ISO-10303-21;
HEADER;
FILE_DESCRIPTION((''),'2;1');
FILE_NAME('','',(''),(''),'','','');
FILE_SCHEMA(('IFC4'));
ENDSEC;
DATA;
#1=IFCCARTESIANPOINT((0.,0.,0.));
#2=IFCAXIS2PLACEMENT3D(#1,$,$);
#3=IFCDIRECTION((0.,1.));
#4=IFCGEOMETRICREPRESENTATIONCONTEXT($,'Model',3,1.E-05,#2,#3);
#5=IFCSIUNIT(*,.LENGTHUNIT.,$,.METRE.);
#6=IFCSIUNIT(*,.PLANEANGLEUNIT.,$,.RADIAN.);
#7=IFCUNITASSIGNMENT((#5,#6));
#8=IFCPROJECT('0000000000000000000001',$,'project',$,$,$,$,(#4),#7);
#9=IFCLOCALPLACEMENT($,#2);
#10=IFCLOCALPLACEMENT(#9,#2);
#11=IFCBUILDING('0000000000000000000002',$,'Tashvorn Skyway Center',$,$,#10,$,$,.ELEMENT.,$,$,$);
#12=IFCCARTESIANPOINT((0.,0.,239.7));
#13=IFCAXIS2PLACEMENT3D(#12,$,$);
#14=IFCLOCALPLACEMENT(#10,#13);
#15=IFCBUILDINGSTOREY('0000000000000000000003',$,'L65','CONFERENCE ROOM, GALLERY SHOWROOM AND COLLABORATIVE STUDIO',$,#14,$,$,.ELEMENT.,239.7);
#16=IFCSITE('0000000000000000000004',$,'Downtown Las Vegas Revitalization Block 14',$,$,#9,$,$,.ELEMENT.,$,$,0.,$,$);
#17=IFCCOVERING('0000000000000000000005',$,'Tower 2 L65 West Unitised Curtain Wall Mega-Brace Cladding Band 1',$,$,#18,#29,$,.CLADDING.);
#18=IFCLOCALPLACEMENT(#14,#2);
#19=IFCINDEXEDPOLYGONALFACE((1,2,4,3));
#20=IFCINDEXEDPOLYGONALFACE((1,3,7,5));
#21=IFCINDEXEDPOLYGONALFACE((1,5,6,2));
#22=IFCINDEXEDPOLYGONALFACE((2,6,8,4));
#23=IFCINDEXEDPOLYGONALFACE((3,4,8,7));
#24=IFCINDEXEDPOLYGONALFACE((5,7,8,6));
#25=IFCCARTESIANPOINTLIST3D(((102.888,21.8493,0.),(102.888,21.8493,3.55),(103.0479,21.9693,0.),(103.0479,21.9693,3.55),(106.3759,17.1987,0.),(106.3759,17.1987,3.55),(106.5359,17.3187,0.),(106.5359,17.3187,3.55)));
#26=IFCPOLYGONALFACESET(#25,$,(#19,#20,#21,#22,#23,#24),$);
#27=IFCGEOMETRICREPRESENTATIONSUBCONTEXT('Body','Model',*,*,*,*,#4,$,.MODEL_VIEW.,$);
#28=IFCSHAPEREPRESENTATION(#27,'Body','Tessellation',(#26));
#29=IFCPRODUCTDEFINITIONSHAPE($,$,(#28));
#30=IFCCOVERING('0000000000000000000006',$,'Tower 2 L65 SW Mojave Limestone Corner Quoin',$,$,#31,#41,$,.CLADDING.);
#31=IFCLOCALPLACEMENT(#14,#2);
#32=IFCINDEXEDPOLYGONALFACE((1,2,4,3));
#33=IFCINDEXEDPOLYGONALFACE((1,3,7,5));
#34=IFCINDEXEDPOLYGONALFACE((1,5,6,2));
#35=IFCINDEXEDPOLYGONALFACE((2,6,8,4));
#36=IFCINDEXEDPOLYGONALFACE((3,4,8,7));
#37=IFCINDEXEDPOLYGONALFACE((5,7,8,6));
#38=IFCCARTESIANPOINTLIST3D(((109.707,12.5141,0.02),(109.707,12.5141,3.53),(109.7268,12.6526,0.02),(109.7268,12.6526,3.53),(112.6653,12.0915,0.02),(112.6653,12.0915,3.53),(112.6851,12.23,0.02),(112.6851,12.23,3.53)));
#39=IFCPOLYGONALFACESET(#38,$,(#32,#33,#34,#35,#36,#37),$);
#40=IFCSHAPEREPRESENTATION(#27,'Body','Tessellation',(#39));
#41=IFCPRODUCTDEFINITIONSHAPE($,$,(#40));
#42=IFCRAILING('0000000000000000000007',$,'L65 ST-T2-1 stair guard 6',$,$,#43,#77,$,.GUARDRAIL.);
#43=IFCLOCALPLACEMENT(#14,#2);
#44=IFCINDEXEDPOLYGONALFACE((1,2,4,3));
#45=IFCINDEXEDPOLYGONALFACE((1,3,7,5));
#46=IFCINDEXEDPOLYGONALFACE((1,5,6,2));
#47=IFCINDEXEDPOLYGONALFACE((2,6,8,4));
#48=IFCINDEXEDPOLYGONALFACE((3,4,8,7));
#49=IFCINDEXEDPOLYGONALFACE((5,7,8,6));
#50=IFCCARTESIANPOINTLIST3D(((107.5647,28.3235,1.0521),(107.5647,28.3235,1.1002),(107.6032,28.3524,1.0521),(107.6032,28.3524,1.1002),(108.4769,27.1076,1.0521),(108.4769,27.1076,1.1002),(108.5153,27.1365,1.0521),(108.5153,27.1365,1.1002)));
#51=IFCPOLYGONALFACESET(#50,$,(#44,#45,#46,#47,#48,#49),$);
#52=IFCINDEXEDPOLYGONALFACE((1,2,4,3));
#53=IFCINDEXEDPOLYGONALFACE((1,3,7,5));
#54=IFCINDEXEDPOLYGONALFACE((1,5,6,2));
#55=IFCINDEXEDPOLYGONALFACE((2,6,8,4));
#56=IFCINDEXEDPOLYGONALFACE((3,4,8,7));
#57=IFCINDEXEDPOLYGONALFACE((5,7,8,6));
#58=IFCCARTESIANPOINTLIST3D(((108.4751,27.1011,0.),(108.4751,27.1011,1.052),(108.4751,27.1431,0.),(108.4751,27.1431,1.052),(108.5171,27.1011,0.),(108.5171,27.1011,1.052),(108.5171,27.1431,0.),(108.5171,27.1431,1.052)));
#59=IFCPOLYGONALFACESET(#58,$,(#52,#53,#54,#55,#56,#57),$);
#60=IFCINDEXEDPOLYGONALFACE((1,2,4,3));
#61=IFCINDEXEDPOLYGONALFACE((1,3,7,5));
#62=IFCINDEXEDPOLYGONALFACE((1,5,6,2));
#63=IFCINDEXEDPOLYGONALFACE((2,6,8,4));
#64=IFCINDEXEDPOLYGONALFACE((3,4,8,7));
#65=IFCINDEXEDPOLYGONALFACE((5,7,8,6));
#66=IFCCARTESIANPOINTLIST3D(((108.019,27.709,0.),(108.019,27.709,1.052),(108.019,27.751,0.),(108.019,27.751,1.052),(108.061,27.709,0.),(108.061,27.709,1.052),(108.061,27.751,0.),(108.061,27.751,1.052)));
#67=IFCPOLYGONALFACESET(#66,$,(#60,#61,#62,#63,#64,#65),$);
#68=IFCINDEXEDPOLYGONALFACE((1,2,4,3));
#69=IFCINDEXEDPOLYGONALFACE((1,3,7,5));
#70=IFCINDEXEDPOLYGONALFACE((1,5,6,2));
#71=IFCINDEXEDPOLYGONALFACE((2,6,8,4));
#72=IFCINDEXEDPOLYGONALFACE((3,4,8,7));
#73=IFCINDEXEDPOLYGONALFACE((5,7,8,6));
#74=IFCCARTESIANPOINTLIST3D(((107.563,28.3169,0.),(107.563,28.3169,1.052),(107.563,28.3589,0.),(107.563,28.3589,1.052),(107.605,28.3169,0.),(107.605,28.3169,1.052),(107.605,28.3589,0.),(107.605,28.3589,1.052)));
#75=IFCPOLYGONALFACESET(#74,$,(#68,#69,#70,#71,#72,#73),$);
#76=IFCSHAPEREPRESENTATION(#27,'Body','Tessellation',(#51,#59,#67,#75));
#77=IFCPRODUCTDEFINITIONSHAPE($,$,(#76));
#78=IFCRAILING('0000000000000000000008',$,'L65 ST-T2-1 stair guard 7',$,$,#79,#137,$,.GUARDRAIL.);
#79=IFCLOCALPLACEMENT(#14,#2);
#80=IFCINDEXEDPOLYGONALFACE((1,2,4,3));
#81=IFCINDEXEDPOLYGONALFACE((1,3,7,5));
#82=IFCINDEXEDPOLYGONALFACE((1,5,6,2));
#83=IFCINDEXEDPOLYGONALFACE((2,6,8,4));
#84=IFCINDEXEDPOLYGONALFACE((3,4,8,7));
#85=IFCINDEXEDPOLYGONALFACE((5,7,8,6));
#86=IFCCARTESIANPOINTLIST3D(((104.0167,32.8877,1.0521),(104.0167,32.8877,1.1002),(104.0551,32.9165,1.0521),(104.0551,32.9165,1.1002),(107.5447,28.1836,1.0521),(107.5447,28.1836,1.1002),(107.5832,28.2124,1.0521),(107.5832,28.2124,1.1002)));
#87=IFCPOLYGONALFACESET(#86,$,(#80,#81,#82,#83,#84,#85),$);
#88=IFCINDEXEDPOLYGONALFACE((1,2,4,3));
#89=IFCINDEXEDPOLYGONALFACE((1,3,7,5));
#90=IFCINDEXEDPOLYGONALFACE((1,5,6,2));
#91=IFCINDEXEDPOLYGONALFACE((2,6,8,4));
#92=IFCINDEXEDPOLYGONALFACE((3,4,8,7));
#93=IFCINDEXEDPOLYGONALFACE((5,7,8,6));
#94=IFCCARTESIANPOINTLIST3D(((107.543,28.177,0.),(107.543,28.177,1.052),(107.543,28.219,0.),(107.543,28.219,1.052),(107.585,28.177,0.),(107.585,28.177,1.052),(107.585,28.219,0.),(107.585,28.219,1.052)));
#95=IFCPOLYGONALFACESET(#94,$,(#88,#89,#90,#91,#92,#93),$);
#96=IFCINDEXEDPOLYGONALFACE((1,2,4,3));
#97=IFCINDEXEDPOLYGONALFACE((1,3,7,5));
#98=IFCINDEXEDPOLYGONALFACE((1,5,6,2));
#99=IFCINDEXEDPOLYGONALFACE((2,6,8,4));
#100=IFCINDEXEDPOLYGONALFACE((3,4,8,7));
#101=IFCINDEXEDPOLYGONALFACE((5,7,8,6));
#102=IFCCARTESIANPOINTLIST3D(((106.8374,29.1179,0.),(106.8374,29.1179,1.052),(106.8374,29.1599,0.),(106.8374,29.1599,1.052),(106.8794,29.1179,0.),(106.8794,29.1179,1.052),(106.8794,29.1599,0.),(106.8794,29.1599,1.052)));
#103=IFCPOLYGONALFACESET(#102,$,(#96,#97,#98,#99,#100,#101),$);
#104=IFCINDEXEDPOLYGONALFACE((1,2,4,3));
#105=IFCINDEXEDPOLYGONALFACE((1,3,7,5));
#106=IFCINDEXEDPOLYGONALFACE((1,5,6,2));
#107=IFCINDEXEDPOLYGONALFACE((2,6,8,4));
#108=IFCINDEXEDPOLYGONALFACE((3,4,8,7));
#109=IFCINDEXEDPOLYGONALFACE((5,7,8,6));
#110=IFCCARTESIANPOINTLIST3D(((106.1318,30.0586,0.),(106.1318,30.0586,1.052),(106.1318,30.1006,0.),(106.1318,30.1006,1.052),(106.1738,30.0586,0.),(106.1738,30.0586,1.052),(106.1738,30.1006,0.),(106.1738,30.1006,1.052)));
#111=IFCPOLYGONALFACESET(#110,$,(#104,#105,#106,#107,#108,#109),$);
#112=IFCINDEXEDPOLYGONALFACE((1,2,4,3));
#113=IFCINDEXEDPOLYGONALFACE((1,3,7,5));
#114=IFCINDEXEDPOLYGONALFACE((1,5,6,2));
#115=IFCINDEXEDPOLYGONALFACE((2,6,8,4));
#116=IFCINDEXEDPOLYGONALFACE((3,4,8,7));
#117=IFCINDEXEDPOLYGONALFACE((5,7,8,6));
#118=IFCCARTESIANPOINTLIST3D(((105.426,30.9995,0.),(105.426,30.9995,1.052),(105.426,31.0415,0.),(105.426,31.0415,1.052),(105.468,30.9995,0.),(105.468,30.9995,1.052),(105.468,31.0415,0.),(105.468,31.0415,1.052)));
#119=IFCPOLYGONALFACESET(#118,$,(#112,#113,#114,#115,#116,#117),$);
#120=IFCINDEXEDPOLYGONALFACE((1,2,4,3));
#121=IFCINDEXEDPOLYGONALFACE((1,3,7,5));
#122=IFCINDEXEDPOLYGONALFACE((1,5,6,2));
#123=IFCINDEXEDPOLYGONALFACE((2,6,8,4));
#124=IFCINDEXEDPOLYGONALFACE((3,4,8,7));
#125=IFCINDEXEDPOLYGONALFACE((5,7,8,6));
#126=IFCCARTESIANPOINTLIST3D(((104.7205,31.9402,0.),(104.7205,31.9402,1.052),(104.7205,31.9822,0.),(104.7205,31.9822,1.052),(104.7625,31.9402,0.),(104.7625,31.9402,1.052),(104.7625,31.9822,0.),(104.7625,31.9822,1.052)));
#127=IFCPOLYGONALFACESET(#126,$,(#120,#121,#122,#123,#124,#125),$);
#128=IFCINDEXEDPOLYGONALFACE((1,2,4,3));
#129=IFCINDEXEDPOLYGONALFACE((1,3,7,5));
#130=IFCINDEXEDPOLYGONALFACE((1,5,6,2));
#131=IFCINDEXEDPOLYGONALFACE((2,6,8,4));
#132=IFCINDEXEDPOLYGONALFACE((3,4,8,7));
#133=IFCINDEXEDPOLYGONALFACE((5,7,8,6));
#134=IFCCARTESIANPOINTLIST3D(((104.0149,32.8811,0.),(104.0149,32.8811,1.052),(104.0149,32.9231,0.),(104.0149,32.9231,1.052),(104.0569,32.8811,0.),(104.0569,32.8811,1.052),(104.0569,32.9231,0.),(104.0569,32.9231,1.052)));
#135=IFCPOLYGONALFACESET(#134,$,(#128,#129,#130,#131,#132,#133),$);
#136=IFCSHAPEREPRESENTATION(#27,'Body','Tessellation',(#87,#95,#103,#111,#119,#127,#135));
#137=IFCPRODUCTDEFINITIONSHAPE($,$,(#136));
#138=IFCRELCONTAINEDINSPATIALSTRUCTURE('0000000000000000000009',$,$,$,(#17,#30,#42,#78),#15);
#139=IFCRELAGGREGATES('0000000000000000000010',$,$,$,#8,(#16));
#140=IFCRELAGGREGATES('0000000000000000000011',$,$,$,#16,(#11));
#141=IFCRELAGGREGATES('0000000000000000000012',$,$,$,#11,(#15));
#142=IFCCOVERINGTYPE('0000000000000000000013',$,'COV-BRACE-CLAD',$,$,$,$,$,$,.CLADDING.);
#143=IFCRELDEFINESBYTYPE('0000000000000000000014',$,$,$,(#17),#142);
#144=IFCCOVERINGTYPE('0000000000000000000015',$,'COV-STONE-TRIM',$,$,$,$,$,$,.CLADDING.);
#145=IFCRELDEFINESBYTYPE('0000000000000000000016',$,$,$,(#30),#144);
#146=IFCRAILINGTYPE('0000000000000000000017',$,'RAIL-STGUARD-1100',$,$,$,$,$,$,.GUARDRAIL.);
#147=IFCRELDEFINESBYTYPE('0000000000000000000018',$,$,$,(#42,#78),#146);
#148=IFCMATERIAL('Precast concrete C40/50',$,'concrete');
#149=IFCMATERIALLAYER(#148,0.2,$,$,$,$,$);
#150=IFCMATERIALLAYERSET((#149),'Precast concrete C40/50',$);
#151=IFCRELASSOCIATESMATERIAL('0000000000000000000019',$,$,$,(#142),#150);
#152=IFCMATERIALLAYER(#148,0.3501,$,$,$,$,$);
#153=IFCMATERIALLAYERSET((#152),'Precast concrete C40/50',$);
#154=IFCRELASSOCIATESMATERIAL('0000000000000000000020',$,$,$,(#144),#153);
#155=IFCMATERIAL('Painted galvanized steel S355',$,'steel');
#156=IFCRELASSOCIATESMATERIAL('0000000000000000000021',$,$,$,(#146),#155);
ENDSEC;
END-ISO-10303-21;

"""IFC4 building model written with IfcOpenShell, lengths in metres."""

from ifc_helpers import new_model, si_unit, direction, frame, origin, origin_2d, place, context, subcontext, project, spatial, rectangle, extrude, material, layer, layer_set, type_object, element, save


model = new_model("IFC4")

# Units and contexts
model_context = context("Model", 3, precision=1e-05, world=origin(), true_north=direction((0.0, 1.0)))
body_context = subcontext(model_context, "Body", "Model", "MODEL_VIEW")
ifc_project = project(units=[si_unit("LENGTHUNIT", "METRE"), si_unit("PLANEANGLEUNIT", "RADIAN")], contexts=[model_context])

# Site, building, storey
site_placement = place(None, origin())
site = spatial("IfcSite", under=ifc_project, at=site_placement, Name="Downtown Las Vegas Revitalization Block 14", CompositionType="ELEMENT", RefElevation=0.0)
building_placement = place(site_placement, origin())
building = spatial("IfcBuilding", under=site, at=building_placement, Name="Tashvorn Skyway Center", CompositionType="ELEMENT")
storey_placement = place(building_placement, frame((0.0, 0.0, 239.7)))
storey = spatial("IfcBuildingStorey", under=building, at=storey_placement, Name="L65", Description="CONFERENCE ROOM, GALLERY SHOWROOM AND COLLABORATIVE STUDIO", CompositionType="ELEMENT", Elevation=239.7)

# Shared definitions
ifc_material_1 = material(Name="Precast concrete C40/50", Category="concrete")

# Coverings
ifc_layer_1 = layer(ifc_material_1, 0.2)
ifc_layer_set_1 = layer_set([ifc_layer_1], Name="Precast concrete C40/50")
covering_type_1 = type_object("IfcCoveringType", Name="COV-BRACE-CLAD", PredefinedType="CLADDING", material=ifc_layer_set_1)
covering_1_placement = place(storey_placement, frame((104.7119, 19.584, 0.0), z_axis=(0.0, 0.0, 1.0), x_axis=(-0.6, 0.8, 0.0)))
element("IfcCovering", 1, at=covering_1_placement, inside=storey, type_object=covering_type_1, Name="Tower 2 L65 West Unitised Curtain Wall Mega-Brace Cladding Band 1", PredefinedType="CLADDING", context=body_context, shape_type="SweptSolid", body=[
    extrude(rectangle(XDim=5.8132, YDim=0.2, at=origin_2d()), origin(), (0.0, 0.0, 1.0), 3.55),
])
ifc_layer_2 = layer(ifc_material_1, 0.3501)
ifc_layer_set_2 = layer_set([ifc_layer_2], Name="Precast concrete C40/50")
covering_type_2 = type_object("IfcCoveringType", Name="COV-STONE-TRIM", PredefinedType="CLADDING", material=ifc_layer_set_2)
covering_2_placement = place(storey_placement, frame((111.196, 12.3721, 0.02), z_axis=(0.0, 0.0, 1.0), x_axis=(-0.989949, 0.141421, 0.0)))
element("IfcCovering", 2, at=covering_2_placement, inside=storey, type_object=covering_type_2, Name="Tower 2 L65 SW Mojave Limestone Corner Quoin", PredefinedType="CLADDING", context=body_context, shape_type="SweptSolid", body=[
    extrude(rectangle(XDim=2.9883, YDim=0.1399, at=origin_2d()), origin(), (0.0, 0.0, 1.0), 3.51),
])

# Railings
ifc_material_2 = material(Name="Painted galvanized steel S355", Category="steel")
railing_type = type_object("IfcRailingType", Name="RAIL-STGUARD-1100", PredefinedType="GUARDRAIL", material=ifc_material_2)
railing_1_placement = place(storey_placement, frame((108.4961, 27.1221, 0.0)))
element("IfcRailing", 3, at=railing_1_placement, inside=storey, type_object=railing_type, Name="L65 ST-T2-1 stair guard 6", PredefinedType="GUARDRAIL", context=body_context, shape_type="SweptSolid", body=[
    extrude(rectangle(XDim=0.0481, YDim=0.0481, at=origin_2d()), frame((0.0, 0.0, 1.0762), z_axis=(-0.600103, 0.799923, 0.0), x_axis=(-0.799923, -0.600103, 0.0)), (0.0, 0.0, 1.0), 1.52),
    extrude(rectangle(XDim=0.042, YDim=0.042, at=origin_2d()), origin(), (0.0, 0.0, 1.0), 1.052),
    extrude(rectangle(XDim=0.042, YDim=0.042, at=origin_2d()), frame((-0.4561, 0.6079, 0.0)), (0.0, 0.0, 1.0), 1.052),
    extrude(rectangle(XDim=0.042, YDim=0.042, at=origin_2d()), frame((-0.9121, 1.2158, 0.0)), (0.0, 0.0, 1.0), 1.052),
])
railing_2_placement = place(storey_placement, frame((107.564, 28.198, 0.0)))
element("IfcRailing", 4, at=railing_2_placement, inside=storey, type_object=railing_type, Name="L65 ST-T2-1 stair guard 7", PredefinedType="GUARDRAIL", context=body_context, shape_type="SweptSolid", body=[
    extrude(rectangle(XDim=0.0481, YDim=0.0481, at=origin_2d()), frame((0.0, 0.0, 1.0762), z_axis=(-0.6, 0.8, 0.0), x_axis=(-0.8, -0.6, 0.0)), (0.0, 0.0, 1.0), 5.8801),
    extrude(rectangle(XDim=0.042, YDim=0.042, at=origin_2d()), origin(), (0.0, 0.0, 1.0), 1.052),
    extrude(rectangle(XDim=0.042, YDim=0.042, at=origin_2d()), frame((-0.7056, 0.9409, 0.0)), (0.0, 0.0, 1.0), 1.052),
    extrude(rectangle(XDim=0.042, YDim=0.042, at=origin_2d()), frame((-1.4111, 1.8816, 0.0)), (0.0, 0.0, 1.0), 1.052),
    extrude(rectangle(XDim=0.042, YDim=0.042, at=origin_2d()), frame((-2.1169, 2.8225, 0.0)), (0.0, 0.0, 1.0), 1.052),
    extrude(rectangle(XDim=0.042, YDim=0.042, at=origin_2d()), frame((-2.8225, 3.7632, 0.0)), (0.0, 0.0, 1.0), 1.052),
    extrude(rectangle(XDim=0.042, YDim=0.042, at=origin_2d()), frame((-3.5281, 4.7041, 0.0)), (0.0, 0.0, 1.0), 1.052),
])

save(model, "model.ifc")
